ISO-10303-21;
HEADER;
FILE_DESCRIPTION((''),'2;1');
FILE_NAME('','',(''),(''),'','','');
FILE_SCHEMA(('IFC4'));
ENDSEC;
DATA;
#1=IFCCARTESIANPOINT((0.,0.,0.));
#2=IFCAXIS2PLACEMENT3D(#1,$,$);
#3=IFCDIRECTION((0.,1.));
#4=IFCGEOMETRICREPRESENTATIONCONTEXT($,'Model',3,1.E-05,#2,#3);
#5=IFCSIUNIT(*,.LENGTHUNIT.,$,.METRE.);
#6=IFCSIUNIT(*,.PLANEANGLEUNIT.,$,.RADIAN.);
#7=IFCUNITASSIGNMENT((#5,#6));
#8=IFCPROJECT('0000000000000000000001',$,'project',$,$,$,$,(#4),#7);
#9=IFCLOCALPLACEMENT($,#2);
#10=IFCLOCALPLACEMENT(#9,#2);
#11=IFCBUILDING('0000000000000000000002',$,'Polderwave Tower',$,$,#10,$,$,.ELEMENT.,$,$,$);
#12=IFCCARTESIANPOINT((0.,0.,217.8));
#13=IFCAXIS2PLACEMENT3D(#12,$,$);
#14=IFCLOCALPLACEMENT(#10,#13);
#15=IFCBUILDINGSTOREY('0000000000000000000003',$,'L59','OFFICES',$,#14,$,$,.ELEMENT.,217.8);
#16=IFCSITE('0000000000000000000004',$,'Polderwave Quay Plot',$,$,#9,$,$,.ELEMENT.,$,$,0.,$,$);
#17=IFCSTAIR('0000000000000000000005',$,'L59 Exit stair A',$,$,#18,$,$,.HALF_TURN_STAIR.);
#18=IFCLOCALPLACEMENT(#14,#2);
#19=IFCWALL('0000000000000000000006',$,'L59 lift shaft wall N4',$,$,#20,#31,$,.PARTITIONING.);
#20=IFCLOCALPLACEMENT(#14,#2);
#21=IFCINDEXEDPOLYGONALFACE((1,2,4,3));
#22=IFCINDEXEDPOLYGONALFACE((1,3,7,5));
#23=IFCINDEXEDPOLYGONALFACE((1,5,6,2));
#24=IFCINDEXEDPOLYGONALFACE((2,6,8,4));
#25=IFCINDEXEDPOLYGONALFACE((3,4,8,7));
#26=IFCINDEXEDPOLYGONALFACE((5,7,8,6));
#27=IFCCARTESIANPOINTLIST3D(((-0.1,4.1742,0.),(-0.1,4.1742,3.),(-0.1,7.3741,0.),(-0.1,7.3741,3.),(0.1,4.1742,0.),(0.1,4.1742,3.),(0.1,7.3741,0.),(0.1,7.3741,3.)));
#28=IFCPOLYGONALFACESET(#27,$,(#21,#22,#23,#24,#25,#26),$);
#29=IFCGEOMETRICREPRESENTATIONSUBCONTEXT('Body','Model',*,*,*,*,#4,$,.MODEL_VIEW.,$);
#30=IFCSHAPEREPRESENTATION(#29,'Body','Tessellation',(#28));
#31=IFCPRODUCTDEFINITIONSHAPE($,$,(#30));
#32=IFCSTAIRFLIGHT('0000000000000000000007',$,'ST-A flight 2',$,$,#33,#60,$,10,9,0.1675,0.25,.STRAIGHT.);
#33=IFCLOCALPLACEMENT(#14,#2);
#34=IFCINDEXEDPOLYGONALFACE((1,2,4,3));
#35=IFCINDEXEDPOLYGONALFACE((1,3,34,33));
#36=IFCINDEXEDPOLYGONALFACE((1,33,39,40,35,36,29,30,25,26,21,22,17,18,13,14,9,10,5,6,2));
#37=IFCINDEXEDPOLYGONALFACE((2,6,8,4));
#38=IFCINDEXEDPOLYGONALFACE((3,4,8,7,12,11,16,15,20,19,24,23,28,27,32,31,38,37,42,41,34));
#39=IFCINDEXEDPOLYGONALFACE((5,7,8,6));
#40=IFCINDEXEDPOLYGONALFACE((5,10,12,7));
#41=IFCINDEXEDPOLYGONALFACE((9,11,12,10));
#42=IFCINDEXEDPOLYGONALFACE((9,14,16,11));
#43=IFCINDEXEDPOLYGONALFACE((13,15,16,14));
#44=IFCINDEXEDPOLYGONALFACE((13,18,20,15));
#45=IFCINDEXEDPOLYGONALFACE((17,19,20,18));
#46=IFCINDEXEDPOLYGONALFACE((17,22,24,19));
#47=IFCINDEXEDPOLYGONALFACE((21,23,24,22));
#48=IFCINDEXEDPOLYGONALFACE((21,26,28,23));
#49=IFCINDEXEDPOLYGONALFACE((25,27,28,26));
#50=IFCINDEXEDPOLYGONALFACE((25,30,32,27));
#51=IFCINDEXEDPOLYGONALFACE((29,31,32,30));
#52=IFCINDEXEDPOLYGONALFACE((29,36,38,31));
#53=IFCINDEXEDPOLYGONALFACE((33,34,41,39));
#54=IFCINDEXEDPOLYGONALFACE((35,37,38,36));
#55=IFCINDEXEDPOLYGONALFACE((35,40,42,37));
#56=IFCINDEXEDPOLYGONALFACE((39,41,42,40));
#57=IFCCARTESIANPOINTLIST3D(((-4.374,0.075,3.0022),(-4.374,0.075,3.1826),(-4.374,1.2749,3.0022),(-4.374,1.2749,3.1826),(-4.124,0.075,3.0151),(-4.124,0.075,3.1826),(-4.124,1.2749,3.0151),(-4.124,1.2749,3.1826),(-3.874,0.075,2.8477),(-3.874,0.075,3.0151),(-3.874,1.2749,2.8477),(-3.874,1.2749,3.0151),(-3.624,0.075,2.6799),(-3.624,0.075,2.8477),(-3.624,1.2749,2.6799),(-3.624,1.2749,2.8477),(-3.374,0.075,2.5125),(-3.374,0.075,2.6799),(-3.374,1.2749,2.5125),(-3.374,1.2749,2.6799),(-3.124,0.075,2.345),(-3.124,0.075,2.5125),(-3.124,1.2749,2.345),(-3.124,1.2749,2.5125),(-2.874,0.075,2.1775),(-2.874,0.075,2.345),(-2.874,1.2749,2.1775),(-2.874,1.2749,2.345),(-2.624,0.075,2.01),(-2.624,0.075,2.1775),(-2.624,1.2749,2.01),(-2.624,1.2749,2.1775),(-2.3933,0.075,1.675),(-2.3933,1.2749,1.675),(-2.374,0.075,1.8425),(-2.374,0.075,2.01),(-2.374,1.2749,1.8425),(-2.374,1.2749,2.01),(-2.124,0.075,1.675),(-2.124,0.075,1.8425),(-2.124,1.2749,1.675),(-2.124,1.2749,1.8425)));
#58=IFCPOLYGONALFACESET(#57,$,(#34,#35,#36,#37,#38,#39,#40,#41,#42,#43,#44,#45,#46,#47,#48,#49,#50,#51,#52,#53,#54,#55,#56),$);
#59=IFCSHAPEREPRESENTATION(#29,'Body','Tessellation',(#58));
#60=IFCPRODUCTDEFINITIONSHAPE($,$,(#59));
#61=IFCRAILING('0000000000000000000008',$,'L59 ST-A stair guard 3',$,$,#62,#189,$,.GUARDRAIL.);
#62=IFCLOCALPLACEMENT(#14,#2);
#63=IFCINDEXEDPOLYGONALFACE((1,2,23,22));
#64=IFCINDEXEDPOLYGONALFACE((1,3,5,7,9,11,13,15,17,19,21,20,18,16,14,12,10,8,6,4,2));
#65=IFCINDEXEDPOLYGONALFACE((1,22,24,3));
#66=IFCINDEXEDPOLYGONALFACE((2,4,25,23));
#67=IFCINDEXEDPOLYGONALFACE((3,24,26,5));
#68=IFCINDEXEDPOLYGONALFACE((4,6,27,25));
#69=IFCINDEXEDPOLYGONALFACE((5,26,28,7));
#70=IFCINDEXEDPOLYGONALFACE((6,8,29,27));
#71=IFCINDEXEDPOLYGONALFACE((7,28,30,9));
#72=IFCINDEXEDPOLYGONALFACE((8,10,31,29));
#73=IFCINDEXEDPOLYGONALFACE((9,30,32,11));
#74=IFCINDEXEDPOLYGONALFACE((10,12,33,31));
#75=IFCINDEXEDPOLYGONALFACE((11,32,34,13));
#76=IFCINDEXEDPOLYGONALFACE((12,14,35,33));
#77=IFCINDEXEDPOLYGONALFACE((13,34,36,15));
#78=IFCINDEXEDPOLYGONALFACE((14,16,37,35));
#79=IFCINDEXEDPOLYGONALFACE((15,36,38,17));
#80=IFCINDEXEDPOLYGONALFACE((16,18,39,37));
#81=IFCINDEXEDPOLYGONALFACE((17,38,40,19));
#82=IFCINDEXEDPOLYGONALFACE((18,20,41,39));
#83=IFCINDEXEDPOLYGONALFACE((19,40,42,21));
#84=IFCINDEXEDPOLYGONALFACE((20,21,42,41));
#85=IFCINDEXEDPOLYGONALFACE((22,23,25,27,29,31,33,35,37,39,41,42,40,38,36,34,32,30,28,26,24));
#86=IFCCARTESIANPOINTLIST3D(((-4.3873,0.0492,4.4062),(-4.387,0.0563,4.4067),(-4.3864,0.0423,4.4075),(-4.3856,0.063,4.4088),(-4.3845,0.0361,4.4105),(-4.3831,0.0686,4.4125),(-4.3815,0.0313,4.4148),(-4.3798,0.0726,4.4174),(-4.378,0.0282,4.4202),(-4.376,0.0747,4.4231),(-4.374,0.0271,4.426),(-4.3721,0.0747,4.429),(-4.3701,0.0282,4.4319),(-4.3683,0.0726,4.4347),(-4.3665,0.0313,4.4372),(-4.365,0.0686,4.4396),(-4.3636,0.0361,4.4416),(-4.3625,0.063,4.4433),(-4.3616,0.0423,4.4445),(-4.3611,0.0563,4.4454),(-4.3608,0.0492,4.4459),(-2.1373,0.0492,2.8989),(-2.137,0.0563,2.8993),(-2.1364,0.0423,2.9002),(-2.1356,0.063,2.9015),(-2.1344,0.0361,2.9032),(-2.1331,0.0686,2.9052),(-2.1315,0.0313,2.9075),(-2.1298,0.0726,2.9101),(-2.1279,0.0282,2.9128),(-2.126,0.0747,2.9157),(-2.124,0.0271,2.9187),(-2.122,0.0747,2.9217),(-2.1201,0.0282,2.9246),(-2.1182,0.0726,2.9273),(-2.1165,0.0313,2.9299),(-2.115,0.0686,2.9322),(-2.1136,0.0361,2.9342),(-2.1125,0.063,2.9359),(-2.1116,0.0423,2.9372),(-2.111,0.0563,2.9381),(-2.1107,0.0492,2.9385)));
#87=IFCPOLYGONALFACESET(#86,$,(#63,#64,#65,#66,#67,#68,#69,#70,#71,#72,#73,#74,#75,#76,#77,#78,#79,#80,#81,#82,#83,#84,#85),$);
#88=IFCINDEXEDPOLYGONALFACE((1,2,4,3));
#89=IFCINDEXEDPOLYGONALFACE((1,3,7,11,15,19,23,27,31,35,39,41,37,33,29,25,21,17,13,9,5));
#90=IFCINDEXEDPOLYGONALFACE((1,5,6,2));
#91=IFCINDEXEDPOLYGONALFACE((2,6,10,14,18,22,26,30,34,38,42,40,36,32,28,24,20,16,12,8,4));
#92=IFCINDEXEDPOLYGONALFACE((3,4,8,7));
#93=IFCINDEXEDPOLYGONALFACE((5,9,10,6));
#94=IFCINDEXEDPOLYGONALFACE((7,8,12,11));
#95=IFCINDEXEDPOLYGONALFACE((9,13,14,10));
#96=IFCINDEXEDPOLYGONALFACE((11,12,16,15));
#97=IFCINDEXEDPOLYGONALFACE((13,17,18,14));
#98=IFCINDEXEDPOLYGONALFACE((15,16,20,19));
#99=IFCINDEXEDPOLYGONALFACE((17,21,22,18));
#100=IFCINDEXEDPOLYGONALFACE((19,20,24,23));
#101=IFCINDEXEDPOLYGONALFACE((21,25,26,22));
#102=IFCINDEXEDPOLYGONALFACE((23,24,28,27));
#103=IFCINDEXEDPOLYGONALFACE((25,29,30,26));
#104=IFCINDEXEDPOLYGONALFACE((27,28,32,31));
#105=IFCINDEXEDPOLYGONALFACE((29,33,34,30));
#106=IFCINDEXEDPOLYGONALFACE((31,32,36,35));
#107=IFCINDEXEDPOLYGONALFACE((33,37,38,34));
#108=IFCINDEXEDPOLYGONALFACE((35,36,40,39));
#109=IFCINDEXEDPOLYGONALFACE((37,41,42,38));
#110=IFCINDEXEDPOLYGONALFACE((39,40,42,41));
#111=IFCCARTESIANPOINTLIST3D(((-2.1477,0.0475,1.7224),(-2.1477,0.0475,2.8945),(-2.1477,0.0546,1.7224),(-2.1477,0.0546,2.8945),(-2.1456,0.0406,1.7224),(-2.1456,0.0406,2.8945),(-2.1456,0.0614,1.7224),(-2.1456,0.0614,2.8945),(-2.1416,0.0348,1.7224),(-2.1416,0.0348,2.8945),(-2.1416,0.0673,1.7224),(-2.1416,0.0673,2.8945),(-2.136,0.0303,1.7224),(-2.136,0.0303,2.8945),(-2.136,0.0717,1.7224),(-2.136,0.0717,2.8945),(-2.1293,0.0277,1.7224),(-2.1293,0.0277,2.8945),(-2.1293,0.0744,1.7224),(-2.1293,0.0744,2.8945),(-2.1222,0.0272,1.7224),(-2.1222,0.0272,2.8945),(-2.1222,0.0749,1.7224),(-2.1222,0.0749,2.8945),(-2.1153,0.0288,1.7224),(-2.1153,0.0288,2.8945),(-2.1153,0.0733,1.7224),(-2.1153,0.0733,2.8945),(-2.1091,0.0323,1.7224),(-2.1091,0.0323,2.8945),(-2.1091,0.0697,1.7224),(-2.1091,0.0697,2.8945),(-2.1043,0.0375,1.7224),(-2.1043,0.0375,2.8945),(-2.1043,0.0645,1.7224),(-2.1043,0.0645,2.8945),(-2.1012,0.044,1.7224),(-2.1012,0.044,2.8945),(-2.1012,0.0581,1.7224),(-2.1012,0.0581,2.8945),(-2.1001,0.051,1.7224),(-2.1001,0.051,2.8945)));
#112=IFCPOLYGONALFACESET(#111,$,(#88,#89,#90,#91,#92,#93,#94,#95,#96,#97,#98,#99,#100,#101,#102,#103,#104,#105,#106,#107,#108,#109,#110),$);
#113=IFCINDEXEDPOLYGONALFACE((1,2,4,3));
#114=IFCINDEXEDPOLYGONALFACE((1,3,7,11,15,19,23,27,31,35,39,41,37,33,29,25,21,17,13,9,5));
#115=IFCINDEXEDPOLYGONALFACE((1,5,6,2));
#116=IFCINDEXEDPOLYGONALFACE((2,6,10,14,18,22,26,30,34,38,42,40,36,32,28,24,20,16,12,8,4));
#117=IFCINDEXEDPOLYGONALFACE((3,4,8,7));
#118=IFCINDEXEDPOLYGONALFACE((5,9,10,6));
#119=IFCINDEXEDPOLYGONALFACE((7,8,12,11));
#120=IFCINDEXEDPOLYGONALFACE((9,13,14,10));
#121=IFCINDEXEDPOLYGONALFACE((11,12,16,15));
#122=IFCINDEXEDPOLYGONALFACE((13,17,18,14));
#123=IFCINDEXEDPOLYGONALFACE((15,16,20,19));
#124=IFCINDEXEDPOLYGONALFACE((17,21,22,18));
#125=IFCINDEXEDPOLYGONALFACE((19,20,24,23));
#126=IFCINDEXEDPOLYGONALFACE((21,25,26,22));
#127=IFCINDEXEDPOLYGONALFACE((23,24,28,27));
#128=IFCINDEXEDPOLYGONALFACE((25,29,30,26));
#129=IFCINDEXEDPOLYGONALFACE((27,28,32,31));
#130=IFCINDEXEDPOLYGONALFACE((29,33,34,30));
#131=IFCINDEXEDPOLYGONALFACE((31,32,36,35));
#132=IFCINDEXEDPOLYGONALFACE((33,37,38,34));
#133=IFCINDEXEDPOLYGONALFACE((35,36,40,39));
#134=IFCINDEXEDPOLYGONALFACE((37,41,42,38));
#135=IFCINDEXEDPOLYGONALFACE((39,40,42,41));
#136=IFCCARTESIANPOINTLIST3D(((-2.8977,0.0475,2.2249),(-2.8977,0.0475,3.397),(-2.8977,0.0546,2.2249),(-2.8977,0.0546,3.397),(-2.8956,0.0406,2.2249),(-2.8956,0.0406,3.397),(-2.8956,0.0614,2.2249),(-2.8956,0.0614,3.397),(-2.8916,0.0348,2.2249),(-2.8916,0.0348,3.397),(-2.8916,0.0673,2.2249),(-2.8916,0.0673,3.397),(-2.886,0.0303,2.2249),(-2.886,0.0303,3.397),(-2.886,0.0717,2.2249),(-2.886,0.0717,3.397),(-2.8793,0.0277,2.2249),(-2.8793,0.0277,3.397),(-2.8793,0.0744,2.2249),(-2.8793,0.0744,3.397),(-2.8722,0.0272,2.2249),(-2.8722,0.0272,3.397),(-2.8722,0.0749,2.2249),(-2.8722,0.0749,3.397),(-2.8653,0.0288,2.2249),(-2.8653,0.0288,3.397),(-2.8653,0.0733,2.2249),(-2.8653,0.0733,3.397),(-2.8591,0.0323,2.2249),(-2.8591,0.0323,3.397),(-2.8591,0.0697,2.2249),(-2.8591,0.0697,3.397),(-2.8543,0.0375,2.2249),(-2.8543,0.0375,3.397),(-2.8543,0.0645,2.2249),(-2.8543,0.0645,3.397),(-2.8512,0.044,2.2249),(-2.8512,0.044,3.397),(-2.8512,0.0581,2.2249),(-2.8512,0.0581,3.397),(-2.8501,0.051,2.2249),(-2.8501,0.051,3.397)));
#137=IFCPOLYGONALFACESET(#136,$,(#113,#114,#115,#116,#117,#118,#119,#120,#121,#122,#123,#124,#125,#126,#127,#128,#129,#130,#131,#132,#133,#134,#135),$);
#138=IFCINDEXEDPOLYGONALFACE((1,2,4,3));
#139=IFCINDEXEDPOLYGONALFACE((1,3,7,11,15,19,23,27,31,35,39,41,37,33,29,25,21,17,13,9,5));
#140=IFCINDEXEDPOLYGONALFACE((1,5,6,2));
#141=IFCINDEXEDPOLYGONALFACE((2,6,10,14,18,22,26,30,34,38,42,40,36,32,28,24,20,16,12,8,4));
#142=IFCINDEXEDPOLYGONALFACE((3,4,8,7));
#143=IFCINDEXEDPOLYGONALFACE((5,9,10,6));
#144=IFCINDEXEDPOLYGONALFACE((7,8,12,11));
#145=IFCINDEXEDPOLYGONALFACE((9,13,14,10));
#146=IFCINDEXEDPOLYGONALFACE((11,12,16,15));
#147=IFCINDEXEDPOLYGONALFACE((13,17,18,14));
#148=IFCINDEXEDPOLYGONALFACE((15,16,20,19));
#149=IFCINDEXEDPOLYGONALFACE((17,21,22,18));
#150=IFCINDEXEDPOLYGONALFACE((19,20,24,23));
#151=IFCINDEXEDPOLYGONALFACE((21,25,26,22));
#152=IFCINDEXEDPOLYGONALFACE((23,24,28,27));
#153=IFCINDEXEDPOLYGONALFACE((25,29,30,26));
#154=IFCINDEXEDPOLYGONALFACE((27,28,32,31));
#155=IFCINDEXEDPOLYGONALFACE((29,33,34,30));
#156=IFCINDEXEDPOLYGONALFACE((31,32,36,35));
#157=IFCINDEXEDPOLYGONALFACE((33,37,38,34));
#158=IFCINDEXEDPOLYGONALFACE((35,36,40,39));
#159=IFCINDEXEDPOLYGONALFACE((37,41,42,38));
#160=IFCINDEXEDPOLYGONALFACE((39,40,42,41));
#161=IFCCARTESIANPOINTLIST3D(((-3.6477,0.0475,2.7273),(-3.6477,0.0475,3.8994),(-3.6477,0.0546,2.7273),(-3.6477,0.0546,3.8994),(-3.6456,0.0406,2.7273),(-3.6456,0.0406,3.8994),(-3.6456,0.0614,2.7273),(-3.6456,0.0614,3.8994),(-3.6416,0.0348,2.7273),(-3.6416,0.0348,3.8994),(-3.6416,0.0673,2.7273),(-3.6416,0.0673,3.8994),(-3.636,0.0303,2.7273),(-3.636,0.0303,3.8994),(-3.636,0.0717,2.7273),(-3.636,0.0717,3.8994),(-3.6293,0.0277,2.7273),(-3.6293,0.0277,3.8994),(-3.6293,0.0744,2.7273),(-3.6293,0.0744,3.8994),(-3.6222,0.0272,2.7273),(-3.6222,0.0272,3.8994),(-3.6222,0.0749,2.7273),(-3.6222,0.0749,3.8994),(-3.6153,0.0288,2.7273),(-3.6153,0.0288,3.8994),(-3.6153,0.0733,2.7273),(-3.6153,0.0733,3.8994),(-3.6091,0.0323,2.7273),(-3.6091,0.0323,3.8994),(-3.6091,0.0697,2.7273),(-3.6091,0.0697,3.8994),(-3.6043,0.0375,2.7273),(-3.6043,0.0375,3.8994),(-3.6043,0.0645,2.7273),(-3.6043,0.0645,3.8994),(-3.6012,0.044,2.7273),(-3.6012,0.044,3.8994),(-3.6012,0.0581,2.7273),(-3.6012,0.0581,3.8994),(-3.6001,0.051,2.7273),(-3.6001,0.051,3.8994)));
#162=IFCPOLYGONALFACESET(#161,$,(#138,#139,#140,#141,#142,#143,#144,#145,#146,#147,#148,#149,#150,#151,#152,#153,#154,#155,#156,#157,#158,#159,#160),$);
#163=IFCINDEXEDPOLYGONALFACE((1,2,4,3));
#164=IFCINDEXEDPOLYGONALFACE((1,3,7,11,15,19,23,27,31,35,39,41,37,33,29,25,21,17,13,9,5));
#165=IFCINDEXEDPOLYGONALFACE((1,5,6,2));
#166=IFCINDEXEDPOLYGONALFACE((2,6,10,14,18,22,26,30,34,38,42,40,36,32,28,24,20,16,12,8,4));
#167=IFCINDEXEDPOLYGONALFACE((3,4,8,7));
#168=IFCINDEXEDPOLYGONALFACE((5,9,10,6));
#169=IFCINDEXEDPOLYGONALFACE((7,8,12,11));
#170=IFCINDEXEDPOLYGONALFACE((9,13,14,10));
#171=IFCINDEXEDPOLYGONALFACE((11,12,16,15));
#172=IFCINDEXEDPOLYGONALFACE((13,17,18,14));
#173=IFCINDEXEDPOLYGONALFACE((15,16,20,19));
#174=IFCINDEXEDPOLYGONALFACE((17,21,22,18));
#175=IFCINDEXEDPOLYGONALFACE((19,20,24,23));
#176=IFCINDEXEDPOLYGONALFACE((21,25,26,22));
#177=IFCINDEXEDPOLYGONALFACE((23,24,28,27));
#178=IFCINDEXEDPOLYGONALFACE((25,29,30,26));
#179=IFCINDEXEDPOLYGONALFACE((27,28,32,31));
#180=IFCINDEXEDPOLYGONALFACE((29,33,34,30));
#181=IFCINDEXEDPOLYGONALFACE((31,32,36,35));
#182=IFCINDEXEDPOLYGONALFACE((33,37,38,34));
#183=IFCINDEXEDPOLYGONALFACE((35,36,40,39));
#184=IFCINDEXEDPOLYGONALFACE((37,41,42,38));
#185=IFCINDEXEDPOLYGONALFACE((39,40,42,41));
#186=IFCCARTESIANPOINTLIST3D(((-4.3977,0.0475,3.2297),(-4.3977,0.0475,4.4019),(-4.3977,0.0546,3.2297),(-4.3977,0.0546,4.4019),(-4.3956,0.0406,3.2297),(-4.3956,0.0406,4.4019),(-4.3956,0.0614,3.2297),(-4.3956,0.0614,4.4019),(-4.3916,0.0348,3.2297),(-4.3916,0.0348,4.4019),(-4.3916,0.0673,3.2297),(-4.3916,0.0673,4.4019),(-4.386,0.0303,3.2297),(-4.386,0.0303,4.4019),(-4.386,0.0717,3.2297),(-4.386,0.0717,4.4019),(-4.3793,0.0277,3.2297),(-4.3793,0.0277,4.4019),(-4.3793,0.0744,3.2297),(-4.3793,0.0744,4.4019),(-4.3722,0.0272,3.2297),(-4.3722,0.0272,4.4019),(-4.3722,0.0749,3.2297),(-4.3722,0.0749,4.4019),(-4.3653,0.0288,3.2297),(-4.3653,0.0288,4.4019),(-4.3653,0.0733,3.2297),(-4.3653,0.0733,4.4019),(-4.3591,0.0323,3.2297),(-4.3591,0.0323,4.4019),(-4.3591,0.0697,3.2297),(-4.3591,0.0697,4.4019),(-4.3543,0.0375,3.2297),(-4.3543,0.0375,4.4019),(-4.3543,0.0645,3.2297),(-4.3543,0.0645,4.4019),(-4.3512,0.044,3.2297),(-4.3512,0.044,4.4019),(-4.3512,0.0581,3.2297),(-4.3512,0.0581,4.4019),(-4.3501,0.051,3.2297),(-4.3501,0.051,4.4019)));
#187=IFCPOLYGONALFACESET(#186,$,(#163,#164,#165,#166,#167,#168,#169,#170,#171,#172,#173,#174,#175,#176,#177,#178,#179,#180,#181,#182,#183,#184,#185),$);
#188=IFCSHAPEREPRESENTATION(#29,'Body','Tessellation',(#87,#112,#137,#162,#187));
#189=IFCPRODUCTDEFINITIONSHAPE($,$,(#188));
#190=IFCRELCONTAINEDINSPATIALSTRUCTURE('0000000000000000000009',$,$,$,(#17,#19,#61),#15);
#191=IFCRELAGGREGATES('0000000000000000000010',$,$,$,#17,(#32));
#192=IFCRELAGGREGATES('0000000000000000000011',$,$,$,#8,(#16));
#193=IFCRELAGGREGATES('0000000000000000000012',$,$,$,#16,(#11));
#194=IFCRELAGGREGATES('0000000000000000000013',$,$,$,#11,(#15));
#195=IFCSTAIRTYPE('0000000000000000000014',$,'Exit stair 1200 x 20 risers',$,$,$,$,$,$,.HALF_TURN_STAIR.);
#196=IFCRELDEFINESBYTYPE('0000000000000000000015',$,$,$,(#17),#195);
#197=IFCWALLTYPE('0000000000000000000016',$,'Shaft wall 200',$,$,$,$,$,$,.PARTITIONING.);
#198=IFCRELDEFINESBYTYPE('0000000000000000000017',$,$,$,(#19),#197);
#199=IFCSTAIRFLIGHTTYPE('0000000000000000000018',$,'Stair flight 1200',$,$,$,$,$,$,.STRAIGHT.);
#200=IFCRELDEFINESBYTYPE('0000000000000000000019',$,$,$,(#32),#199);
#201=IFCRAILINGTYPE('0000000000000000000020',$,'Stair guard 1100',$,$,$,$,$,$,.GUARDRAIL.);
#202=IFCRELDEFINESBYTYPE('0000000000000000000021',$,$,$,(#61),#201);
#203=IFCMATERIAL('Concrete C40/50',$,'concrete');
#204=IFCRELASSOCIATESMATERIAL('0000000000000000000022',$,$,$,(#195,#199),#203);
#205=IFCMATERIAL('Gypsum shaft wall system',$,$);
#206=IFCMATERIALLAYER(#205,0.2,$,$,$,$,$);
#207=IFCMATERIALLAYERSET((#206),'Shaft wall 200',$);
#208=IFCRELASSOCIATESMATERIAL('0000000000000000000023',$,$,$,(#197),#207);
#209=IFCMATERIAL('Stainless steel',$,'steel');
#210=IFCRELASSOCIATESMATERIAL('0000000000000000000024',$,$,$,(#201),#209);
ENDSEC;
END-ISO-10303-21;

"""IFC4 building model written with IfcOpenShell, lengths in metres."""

from ifc_helpers import new_model, si_unit, direction, frame, frame_2d, origin, origin_2d, place, context, subcontext, project, spatial, polyline, rectangle, circle, outline, extrude, material, layer, layer_set, type_object, element, aggregate, save


model = new_model("IFC4")

# Units and contexts
model_context = context("Model", 3, precision=1e-05, world=origin(), true_north=direction((0.0, 1.0)))
body_context = subcontext(model_context, "Body", "Model", "MODEL_VIEW")
ifc_project = project(units=[si_unit("LENGTHUNIT", "METRE"), si_unit("PLANEANGLEUNIT", "RADIAN")], contexts=[model_context])

# Site, building, storey
site_placement = place(None, origin())
site = spatial("IfcSite", under=ifc_project, at=site_placement, Name="Polderwave Quay Plot", CompositionType="ELEMENT", RefElevation=0.0)
building_placement = place(site_placement, origin())
building = spatial("IfcBuilding", under=site, at=building_placement, Name="Polderwave Tower", CompositionType="ELEMENT")
storey_placement = place(building_placement, frame((0.0, 0.0, 217.8)))
storey = spatial("IfcBuildingStorey", under=building, at=storey_placement, Name="L59", Description="OFFICES", CompositionType="ELEMENT", Elevation=217.8)

# Shared definitions
ifc_material_1 = material(Name="Concrete C40/50", Category="concrete")

# Stair
stair_type = type_object("IfcStairType", Name="Exit stair 1200 x 20 risers", PredefinedType="HALF_TURN_STAIR", material=ifc_material_1)
stair_1_placement = place(storey_placement, origin())
stair_1 = element("IfcStair", 1, at=stair_1_placement, inside=storey, type_object=stair_type, Name="L59 Exit stair A", PredefinedType="HALF_TURN_STAIR")

# Shared definitions
ifc_material_2 = material(Name="Stainless steel", Category="steel")

# Wall
ifc_material_3 = material(Name="Gypsum shaft wall system")
ifc_layer_1 = layer(ifc_material_3, 0.2)
ifc_layer_set_1 = layer_set([ifc_layer_1], Name="Shaft wall 200")
wall_type_1 = type_object("IfcWallType", Name="Shaft wall 200", PredefinedType="PARTITIONING", material=ifc_layer_set_1)
for number, where, z_axis, x_axis, name in (
    (2, (0.0, 4.1741, 0.0), (0.0, 0.0, 1.0), (0.0, 1.0, 0.0), "L59 lift shaft wall N4"),
):
    element("IfcWall", number, at=place(storey_placement, frame(where, z_axis=z_axis, x_axis=x_axis)), inside=storey, type_object=wall_type_1, Name=name, PredefinedType="PARTITIONING", context=body_context, shape_type="SweptSolid", body=[
        extrude(rectangle(XDim=3.2, YDim=0.2, at=frame_2d((1.6001, 0.0))), origin(), (0.0, 0.0, 1.0), 3.0),
    ])

# Stair flight
stair_flight_type = type_object("IfcStairFlightType", Name="Stair flight 1200", PredefinedType="STRAIGHT", material=ifc_material_1)
stair_flight_placement = place(storey_placement, frame((-2.124, 0.675, 1.675), z_axis=(0.0, 0.0, 1.0), x_axis=(-1.0, 0.0, 0.0)))
stair_flight = element("IfcStairFlight", 3, at=stair_flight_placement, type_object=stair_flight_type, Name="ST-A flight 2", NumberOfRisers=10, NumberOfTreads=9, PredefinedType="STRAIGHT", RiserHeight=0.1675, TreadLength=0.25, context=body_context, shape_type="SweptSolid", body=[
    extrude(outline(polyline([(0.0, 0.0), (0.0, 0.1675), (0.25, 0.1675), (0.25, 0.335), (0.5, 0.335), (0.5, 0.5024), (0.75, 0.5024), (0.75, 0.6699), (1.0, 0.6699), (1.0, 0.8374), (1.25, 0.8374), (1.25, 1.0049), (1.5, 1.0049), (1.5, 1.1726), (1.75, 1.1726), (1.75, 1.3401), (2.0, 1.3401), (2.0, 1.5076), (2.25, 1.5076), (2.25, 1.675), (2.25, 1.3271), (0.2693, 0.0), (0.0, 0.0)])), frame((0.0, 0.6001, 0.0), z_axis=(0.0, -1.0, 0.0), x_axis=(1.0, 0.0, 0.0)), (0.0, 0.0, 1.0), 1.2),
])
aggregate(stair_1, [stair_flight])

# Railing
railing_type_1 = type_object("IfcRailingType", Name="Stair guard 1100", PredefinedType="GUARDRAIL", material=ifc_material_2)
railing_1_placement = place(storey_placement, frame((-2.124, 0.051, 1.7224)))
element("IfcRailing", 4, at=railing_1_placement, inside=storey, type_object=railing_type_1, Name="L59 ST-A stair guard 3", PredefinedType="GUARDRAIL", context=body_context, shape_type="SweptSolid", body=[
    extrude(circle(Radius=0.0239, at=origin_2d()), frame((0.0, 0.0, 1.1963), z_axis=(-0.8308, 0.0, 0.556571), x_axis=(0.0, -1.0, 0.0)), (0.0, 0.0, 1.0), 2.7083),
    extrude(circle(Radius=0.0239, at=origin_2d()), origin(), (0.0, 0.0, 1.0), 1.1721),
    extrude(circle(Radius=0.0239, at=origin_2d()), frame((-0.75, 0.0, 0.5024)), (0.0, 0.0, 1.0), 1.1721),
    extrude(circle(Radius=0.0239, at=origin_2d()), frame((-1.5, 0.0, 1.0049)), (0.0, 0.0, 1.0), 1.1721),
    extrude(circle(Radius=0.0239, at=origin_2d()), frame((-2.25, 0.0, 1.5073)), (0.0, 0.0, 1.0), 1.1721),
])

save(model, "model.ifc")
